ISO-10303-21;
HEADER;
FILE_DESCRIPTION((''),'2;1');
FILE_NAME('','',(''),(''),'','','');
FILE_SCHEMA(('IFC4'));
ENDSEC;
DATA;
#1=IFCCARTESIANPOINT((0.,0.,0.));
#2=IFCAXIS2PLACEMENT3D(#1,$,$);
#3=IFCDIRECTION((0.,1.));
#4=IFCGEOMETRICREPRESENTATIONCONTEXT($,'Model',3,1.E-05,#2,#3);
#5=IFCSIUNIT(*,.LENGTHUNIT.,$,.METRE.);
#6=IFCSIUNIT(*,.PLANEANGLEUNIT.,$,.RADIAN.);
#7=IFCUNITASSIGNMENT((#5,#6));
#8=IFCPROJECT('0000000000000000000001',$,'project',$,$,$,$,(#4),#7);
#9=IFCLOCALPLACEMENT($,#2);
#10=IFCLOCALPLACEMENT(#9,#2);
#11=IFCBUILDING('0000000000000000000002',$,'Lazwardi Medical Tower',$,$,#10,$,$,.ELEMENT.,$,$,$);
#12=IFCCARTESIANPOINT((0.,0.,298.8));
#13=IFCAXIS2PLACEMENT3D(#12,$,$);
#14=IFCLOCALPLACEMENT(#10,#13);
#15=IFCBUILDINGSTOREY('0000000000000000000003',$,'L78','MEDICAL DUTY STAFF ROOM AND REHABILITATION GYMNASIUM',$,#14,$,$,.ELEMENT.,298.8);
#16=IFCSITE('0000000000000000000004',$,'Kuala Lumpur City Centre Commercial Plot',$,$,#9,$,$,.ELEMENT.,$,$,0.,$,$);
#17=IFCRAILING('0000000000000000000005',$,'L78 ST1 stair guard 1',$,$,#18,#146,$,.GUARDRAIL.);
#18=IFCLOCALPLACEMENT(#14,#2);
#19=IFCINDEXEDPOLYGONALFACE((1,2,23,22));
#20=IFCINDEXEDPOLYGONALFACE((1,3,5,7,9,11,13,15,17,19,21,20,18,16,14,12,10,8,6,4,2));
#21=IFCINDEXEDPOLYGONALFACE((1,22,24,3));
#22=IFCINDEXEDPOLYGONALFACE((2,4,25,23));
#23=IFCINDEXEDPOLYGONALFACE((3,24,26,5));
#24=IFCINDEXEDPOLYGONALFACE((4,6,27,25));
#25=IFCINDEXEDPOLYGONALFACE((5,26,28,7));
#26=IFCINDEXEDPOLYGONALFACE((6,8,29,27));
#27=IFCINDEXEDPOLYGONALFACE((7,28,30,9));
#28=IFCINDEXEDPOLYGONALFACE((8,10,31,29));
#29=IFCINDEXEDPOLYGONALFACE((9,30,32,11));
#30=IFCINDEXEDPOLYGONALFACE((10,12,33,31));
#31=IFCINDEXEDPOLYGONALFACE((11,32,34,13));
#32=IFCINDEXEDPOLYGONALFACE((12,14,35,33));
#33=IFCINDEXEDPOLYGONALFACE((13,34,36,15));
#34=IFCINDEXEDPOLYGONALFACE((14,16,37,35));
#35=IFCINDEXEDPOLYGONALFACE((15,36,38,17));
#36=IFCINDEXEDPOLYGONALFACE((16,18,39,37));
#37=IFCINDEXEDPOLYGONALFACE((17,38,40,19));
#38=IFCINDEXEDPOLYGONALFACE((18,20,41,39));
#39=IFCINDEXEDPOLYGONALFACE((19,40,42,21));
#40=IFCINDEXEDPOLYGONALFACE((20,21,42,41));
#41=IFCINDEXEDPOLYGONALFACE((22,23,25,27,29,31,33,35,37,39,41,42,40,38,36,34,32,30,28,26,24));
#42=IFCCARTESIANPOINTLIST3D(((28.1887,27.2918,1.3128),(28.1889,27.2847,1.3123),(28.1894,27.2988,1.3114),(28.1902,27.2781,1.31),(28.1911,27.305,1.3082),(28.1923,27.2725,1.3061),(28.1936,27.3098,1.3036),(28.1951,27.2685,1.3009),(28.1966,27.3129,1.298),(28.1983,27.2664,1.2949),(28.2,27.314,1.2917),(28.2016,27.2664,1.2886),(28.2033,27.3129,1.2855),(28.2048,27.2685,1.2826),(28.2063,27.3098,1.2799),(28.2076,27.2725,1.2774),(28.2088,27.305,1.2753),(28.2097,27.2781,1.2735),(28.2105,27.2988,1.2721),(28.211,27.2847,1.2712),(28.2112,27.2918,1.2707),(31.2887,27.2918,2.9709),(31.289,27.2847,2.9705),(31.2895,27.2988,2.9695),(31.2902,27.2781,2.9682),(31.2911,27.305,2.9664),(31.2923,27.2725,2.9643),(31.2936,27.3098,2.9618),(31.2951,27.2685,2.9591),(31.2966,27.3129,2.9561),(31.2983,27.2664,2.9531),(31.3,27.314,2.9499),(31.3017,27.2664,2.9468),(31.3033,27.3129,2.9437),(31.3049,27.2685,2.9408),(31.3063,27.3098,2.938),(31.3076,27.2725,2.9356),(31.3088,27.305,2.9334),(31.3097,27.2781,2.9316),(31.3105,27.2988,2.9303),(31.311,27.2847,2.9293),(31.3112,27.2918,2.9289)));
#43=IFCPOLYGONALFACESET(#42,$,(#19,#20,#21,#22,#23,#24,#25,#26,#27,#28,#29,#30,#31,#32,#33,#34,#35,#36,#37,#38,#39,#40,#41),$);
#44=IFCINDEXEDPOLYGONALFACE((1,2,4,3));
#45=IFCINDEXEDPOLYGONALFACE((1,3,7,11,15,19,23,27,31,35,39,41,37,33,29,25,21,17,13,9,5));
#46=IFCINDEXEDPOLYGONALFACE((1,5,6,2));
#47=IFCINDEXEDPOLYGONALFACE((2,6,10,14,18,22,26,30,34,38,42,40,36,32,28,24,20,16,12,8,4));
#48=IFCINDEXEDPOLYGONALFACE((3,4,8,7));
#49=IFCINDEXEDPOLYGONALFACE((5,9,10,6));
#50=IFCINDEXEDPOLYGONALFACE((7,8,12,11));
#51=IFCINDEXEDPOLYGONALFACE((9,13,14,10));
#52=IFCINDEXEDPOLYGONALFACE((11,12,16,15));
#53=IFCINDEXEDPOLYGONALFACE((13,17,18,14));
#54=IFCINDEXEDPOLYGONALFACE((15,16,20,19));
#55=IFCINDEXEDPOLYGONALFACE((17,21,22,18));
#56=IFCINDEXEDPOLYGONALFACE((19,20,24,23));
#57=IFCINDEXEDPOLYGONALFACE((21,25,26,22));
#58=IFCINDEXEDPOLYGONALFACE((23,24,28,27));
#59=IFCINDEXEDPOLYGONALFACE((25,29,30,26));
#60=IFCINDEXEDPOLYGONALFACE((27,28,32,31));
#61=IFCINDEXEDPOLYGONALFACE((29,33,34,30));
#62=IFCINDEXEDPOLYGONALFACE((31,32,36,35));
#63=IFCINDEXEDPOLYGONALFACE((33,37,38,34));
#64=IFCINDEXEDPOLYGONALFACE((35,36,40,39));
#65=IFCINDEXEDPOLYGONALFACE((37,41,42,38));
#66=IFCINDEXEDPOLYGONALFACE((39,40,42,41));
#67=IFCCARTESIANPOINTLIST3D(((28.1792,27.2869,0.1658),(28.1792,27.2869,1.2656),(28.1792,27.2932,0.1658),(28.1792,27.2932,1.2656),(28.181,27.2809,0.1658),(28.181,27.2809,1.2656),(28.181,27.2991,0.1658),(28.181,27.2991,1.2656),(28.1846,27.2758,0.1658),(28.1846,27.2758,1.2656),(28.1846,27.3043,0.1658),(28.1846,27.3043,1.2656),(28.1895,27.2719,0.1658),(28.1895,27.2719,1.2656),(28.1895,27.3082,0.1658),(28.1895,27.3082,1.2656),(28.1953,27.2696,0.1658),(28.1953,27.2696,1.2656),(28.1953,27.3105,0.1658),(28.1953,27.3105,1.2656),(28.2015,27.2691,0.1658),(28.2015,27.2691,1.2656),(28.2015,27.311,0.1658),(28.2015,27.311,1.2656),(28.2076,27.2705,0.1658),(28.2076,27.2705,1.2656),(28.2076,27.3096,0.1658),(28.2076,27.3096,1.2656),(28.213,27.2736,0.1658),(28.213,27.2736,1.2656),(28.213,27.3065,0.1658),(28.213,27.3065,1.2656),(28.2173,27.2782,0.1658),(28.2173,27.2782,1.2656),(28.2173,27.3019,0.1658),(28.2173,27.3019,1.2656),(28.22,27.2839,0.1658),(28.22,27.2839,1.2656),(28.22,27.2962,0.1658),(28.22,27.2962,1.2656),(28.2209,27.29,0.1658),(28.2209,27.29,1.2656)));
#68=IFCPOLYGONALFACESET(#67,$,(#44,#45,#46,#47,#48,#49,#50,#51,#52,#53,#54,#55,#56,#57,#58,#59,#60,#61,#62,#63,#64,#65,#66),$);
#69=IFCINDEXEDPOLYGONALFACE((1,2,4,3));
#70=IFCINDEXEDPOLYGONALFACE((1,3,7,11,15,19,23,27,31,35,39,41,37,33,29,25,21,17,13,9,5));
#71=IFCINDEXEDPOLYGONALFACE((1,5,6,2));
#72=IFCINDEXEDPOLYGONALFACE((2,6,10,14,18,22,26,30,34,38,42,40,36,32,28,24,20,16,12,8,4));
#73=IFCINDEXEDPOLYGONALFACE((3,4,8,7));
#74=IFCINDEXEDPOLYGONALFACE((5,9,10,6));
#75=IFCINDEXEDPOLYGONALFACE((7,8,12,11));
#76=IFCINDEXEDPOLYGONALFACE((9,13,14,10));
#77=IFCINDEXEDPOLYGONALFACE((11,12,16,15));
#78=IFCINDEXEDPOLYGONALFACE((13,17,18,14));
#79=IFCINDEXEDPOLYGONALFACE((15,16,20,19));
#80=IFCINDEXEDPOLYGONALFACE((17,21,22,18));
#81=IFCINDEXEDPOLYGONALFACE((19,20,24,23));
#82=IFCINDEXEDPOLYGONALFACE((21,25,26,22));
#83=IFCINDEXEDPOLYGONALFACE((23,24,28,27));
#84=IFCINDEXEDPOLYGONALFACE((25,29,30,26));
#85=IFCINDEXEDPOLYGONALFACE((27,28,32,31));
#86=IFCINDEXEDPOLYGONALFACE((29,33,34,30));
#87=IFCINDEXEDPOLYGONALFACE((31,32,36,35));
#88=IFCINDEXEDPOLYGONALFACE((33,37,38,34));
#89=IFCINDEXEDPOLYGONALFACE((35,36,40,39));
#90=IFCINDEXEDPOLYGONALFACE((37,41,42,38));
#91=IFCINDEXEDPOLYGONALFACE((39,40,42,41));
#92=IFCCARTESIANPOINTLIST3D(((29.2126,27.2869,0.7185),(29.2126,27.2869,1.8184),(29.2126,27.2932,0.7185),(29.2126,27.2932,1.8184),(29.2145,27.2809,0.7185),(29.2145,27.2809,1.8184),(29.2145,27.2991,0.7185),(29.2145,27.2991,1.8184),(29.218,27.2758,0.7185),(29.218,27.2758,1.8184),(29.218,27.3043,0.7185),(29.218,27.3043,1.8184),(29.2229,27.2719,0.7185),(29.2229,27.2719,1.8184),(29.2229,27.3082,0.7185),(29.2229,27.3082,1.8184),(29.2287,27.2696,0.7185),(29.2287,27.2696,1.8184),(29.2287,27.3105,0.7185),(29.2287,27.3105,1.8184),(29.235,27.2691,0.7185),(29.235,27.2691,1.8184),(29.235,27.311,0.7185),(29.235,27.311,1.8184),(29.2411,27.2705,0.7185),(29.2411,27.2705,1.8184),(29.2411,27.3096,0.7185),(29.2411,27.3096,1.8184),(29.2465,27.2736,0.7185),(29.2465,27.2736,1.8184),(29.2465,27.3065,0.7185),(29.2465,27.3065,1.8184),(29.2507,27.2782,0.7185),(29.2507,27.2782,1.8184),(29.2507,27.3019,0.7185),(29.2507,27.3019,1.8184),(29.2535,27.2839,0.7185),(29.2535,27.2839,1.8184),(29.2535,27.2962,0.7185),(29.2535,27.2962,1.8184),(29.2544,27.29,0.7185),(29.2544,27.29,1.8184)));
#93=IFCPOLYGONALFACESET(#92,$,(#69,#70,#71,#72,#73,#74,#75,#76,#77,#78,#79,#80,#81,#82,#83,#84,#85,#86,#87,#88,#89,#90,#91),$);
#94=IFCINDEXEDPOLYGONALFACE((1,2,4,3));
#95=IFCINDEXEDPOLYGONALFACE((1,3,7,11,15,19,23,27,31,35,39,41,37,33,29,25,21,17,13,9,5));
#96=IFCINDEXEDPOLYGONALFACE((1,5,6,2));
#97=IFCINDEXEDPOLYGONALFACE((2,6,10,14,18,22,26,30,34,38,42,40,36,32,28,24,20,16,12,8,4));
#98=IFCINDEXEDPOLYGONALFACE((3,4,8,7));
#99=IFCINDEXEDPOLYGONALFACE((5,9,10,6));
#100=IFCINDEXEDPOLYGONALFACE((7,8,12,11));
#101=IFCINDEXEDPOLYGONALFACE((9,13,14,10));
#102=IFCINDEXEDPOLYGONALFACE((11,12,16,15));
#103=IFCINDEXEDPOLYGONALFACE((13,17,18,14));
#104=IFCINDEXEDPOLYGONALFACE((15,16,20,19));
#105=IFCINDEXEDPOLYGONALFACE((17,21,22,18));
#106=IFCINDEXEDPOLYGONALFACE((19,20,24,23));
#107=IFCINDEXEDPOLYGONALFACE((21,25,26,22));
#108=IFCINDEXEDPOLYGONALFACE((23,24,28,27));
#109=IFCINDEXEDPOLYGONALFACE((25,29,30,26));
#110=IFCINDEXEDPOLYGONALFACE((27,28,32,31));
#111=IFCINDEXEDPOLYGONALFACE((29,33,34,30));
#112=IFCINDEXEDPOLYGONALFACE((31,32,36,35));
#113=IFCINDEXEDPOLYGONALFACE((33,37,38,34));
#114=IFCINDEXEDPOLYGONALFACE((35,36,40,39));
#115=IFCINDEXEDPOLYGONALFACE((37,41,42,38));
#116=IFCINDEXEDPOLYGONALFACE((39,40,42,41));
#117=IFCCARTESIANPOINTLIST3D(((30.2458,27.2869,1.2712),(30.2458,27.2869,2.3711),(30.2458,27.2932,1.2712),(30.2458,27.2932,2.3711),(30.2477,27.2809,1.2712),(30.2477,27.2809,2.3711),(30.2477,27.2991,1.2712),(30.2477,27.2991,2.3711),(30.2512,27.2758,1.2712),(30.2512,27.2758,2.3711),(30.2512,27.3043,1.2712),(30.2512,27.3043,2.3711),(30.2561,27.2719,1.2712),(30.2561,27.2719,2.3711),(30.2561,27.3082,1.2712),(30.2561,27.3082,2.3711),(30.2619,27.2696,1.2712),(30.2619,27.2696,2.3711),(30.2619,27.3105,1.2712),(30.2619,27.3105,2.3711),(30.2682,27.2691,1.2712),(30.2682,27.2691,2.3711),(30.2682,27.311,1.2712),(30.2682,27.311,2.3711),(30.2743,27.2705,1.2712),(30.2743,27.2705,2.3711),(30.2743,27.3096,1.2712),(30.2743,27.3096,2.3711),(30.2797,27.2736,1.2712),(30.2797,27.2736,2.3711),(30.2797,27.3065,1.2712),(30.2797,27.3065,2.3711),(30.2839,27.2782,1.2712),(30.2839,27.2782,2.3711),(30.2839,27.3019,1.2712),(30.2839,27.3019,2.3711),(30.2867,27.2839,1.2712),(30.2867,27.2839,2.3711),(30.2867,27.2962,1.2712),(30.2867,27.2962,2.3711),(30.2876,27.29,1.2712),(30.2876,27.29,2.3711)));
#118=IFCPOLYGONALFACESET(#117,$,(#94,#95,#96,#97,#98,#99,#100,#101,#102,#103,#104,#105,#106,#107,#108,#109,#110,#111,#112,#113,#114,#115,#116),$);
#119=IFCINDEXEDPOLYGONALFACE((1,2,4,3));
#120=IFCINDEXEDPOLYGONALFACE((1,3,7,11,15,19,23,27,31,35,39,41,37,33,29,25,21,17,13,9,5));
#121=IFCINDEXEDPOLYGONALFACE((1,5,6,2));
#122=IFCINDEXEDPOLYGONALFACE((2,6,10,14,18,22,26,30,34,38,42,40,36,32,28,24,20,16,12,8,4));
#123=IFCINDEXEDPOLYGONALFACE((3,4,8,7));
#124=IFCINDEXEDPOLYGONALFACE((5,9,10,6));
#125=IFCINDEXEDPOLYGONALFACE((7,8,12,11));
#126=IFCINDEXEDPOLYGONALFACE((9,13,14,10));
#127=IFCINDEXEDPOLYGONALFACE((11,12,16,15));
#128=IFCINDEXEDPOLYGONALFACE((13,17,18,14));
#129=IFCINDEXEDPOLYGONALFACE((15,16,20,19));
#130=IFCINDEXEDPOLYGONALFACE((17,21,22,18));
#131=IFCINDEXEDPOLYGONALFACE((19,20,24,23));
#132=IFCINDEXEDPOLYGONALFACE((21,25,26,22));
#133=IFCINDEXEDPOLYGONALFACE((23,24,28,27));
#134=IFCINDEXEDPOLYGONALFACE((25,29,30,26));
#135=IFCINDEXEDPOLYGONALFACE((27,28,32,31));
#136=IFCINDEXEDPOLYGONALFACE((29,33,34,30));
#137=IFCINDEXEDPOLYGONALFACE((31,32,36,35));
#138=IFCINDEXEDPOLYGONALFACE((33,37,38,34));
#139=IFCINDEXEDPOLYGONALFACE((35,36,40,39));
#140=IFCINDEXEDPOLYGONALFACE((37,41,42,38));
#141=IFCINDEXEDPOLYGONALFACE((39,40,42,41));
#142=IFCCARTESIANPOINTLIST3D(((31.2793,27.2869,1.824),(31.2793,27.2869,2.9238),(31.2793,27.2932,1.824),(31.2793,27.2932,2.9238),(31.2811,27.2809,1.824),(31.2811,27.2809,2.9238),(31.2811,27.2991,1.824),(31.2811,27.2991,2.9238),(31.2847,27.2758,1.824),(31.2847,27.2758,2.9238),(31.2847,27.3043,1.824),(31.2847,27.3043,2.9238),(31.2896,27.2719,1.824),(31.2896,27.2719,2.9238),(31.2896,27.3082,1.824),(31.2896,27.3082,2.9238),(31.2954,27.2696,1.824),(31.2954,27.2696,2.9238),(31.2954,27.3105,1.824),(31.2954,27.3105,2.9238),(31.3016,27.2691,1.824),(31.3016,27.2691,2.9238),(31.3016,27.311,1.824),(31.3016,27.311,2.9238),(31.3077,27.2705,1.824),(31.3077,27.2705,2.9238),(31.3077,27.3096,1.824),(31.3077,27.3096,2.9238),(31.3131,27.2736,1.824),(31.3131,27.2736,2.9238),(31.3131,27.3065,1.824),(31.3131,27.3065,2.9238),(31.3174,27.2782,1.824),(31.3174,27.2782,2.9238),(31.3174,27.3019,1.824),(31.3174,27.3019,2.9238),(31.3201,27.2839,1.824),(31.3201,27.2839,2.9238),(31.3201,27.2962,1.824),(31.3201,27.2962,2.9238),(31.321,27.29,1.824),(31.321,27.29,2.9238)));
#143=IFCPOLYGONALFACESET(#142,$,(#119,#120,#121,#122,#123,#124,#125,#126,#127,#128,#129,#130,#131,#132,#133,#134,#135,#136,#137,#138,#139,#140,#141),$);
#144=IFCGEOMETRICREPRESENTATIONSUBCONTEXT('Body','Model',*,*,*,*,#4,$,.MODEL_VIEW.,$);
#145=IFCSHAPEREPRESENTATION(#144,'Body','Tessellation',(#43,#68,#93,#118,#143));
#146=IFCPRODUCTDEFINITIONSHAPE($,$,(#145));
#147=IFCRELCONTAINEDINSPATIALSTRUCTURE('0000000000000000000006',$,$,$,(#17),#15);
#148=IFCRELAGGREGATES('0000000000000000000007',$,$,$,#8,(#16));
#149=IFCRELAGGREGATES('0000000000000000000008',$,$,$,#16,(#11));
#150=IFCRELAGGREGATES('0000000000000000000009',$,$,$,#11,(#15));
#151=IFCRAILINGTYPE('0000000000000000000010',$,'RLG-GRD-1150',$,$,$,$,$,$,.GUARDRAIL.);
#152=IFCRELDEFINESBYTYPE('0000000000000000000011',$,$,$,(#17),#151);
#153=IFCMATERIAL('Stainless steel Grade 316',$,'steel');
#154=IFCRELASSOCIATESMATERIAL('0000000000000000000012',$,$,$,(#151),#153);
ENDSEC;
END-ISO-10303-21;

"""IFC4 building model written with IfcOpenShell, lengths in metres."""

from ifc_helpers import new_model, si_unit, direction, frame, origin, origin_2d, place, context, subcontext, project, spatial, circle, extrude, material, type_object, element, save


model = new_model("IFC4")

# Units and contexts
model_context = context("Model", 3, precision=1e-05, world=origin(), true_north=direction((0.0, 1.0)))
body_context = subcontext(model_context, "Body", "Model", "MODEL_VIEW")
ifc_project = project(units=[si_unit("LENGTHUNIT", "METRE"), si_unit("PLANEANGLEUNIT", "RADIAN")], contexts=[model_context])

# Site, building, storey
site_placement = place(None, origin())
site = spatial("IfcSite", under=ifc_project, at=site_placement, Name="Kuala Lumpur City Centre Commercial Plot", CompositionType="ELEMENT", RefElevation=0.0)
building_placement = place(site_placement, origin())
building = spatial("IfcBuilding", under=site, at=building_placement, Name="Lazwardi Medical Tower", CompositionType="ELEMENT")
storey_placement = place(building_placement, frame((0.0, 0.0, 298.8)))
storey = spatial("IfcBuildingStorey", under=building, at=storey_placement, Name="L78", Description="MEDICAL DUTY STAFF ROOM AND REHABILITATION GYMNASIUM", CompositionType="ELEMENT", Elevation=298.8)

# Railing
ifc_material_1 = material(Name="Stainless steel Grade 316", Category="steel")
railing_type_1 = type_object("IfcRailingType", Name="RLG-GRD-1150", PredefinedType="GUARDRAIL", material=ifc_material_1)
railing_1_placement = place(storey_placement, frame((28.2, 27.29, 0.1658)))
element("IfcRailing", 1, at=railing_1_placement, inside=storey, type_object=railing_type_1, Name="L78 ST1 stair guard 1", PredefinedType="GUARDRAIL", context=body_context, shape_type="SweptSolid", body=[
    extrude(circle(Radius=0.0239, at=origin_2d()), frame((0.0, 0.0, 1.126), z_axis=(0.881783, 0.0, 0.471655), x_axis=(0.0, 1.0, 0.0)), (0.0, 0.0, 1.0), 3.5156),
    extrude(circle(Radius=0.021, at=origin_2d()), origin(), (0.0, 0.0, 1.0), 1.0999),
    extrude(circle(Radius=0.021, at=origin_2d()), frame((1.0334, 0.0, 0.5527)), (0.0, 0.0, 1.0), 1.0999),
    extrude(circle(Radius=0.021, at=origin_2d()), frame((2.0667, 0.0, 1.1055)), (0.0, 0.0, 1.0), 1.0999),
    extrude(circle(Radius=0.021, at=origin_2d()), frame((3.1001, 0.0, 1.6582)), (0.0, 0.0, 1.0), 1.0999),
])

save(model, "model.ifc")
